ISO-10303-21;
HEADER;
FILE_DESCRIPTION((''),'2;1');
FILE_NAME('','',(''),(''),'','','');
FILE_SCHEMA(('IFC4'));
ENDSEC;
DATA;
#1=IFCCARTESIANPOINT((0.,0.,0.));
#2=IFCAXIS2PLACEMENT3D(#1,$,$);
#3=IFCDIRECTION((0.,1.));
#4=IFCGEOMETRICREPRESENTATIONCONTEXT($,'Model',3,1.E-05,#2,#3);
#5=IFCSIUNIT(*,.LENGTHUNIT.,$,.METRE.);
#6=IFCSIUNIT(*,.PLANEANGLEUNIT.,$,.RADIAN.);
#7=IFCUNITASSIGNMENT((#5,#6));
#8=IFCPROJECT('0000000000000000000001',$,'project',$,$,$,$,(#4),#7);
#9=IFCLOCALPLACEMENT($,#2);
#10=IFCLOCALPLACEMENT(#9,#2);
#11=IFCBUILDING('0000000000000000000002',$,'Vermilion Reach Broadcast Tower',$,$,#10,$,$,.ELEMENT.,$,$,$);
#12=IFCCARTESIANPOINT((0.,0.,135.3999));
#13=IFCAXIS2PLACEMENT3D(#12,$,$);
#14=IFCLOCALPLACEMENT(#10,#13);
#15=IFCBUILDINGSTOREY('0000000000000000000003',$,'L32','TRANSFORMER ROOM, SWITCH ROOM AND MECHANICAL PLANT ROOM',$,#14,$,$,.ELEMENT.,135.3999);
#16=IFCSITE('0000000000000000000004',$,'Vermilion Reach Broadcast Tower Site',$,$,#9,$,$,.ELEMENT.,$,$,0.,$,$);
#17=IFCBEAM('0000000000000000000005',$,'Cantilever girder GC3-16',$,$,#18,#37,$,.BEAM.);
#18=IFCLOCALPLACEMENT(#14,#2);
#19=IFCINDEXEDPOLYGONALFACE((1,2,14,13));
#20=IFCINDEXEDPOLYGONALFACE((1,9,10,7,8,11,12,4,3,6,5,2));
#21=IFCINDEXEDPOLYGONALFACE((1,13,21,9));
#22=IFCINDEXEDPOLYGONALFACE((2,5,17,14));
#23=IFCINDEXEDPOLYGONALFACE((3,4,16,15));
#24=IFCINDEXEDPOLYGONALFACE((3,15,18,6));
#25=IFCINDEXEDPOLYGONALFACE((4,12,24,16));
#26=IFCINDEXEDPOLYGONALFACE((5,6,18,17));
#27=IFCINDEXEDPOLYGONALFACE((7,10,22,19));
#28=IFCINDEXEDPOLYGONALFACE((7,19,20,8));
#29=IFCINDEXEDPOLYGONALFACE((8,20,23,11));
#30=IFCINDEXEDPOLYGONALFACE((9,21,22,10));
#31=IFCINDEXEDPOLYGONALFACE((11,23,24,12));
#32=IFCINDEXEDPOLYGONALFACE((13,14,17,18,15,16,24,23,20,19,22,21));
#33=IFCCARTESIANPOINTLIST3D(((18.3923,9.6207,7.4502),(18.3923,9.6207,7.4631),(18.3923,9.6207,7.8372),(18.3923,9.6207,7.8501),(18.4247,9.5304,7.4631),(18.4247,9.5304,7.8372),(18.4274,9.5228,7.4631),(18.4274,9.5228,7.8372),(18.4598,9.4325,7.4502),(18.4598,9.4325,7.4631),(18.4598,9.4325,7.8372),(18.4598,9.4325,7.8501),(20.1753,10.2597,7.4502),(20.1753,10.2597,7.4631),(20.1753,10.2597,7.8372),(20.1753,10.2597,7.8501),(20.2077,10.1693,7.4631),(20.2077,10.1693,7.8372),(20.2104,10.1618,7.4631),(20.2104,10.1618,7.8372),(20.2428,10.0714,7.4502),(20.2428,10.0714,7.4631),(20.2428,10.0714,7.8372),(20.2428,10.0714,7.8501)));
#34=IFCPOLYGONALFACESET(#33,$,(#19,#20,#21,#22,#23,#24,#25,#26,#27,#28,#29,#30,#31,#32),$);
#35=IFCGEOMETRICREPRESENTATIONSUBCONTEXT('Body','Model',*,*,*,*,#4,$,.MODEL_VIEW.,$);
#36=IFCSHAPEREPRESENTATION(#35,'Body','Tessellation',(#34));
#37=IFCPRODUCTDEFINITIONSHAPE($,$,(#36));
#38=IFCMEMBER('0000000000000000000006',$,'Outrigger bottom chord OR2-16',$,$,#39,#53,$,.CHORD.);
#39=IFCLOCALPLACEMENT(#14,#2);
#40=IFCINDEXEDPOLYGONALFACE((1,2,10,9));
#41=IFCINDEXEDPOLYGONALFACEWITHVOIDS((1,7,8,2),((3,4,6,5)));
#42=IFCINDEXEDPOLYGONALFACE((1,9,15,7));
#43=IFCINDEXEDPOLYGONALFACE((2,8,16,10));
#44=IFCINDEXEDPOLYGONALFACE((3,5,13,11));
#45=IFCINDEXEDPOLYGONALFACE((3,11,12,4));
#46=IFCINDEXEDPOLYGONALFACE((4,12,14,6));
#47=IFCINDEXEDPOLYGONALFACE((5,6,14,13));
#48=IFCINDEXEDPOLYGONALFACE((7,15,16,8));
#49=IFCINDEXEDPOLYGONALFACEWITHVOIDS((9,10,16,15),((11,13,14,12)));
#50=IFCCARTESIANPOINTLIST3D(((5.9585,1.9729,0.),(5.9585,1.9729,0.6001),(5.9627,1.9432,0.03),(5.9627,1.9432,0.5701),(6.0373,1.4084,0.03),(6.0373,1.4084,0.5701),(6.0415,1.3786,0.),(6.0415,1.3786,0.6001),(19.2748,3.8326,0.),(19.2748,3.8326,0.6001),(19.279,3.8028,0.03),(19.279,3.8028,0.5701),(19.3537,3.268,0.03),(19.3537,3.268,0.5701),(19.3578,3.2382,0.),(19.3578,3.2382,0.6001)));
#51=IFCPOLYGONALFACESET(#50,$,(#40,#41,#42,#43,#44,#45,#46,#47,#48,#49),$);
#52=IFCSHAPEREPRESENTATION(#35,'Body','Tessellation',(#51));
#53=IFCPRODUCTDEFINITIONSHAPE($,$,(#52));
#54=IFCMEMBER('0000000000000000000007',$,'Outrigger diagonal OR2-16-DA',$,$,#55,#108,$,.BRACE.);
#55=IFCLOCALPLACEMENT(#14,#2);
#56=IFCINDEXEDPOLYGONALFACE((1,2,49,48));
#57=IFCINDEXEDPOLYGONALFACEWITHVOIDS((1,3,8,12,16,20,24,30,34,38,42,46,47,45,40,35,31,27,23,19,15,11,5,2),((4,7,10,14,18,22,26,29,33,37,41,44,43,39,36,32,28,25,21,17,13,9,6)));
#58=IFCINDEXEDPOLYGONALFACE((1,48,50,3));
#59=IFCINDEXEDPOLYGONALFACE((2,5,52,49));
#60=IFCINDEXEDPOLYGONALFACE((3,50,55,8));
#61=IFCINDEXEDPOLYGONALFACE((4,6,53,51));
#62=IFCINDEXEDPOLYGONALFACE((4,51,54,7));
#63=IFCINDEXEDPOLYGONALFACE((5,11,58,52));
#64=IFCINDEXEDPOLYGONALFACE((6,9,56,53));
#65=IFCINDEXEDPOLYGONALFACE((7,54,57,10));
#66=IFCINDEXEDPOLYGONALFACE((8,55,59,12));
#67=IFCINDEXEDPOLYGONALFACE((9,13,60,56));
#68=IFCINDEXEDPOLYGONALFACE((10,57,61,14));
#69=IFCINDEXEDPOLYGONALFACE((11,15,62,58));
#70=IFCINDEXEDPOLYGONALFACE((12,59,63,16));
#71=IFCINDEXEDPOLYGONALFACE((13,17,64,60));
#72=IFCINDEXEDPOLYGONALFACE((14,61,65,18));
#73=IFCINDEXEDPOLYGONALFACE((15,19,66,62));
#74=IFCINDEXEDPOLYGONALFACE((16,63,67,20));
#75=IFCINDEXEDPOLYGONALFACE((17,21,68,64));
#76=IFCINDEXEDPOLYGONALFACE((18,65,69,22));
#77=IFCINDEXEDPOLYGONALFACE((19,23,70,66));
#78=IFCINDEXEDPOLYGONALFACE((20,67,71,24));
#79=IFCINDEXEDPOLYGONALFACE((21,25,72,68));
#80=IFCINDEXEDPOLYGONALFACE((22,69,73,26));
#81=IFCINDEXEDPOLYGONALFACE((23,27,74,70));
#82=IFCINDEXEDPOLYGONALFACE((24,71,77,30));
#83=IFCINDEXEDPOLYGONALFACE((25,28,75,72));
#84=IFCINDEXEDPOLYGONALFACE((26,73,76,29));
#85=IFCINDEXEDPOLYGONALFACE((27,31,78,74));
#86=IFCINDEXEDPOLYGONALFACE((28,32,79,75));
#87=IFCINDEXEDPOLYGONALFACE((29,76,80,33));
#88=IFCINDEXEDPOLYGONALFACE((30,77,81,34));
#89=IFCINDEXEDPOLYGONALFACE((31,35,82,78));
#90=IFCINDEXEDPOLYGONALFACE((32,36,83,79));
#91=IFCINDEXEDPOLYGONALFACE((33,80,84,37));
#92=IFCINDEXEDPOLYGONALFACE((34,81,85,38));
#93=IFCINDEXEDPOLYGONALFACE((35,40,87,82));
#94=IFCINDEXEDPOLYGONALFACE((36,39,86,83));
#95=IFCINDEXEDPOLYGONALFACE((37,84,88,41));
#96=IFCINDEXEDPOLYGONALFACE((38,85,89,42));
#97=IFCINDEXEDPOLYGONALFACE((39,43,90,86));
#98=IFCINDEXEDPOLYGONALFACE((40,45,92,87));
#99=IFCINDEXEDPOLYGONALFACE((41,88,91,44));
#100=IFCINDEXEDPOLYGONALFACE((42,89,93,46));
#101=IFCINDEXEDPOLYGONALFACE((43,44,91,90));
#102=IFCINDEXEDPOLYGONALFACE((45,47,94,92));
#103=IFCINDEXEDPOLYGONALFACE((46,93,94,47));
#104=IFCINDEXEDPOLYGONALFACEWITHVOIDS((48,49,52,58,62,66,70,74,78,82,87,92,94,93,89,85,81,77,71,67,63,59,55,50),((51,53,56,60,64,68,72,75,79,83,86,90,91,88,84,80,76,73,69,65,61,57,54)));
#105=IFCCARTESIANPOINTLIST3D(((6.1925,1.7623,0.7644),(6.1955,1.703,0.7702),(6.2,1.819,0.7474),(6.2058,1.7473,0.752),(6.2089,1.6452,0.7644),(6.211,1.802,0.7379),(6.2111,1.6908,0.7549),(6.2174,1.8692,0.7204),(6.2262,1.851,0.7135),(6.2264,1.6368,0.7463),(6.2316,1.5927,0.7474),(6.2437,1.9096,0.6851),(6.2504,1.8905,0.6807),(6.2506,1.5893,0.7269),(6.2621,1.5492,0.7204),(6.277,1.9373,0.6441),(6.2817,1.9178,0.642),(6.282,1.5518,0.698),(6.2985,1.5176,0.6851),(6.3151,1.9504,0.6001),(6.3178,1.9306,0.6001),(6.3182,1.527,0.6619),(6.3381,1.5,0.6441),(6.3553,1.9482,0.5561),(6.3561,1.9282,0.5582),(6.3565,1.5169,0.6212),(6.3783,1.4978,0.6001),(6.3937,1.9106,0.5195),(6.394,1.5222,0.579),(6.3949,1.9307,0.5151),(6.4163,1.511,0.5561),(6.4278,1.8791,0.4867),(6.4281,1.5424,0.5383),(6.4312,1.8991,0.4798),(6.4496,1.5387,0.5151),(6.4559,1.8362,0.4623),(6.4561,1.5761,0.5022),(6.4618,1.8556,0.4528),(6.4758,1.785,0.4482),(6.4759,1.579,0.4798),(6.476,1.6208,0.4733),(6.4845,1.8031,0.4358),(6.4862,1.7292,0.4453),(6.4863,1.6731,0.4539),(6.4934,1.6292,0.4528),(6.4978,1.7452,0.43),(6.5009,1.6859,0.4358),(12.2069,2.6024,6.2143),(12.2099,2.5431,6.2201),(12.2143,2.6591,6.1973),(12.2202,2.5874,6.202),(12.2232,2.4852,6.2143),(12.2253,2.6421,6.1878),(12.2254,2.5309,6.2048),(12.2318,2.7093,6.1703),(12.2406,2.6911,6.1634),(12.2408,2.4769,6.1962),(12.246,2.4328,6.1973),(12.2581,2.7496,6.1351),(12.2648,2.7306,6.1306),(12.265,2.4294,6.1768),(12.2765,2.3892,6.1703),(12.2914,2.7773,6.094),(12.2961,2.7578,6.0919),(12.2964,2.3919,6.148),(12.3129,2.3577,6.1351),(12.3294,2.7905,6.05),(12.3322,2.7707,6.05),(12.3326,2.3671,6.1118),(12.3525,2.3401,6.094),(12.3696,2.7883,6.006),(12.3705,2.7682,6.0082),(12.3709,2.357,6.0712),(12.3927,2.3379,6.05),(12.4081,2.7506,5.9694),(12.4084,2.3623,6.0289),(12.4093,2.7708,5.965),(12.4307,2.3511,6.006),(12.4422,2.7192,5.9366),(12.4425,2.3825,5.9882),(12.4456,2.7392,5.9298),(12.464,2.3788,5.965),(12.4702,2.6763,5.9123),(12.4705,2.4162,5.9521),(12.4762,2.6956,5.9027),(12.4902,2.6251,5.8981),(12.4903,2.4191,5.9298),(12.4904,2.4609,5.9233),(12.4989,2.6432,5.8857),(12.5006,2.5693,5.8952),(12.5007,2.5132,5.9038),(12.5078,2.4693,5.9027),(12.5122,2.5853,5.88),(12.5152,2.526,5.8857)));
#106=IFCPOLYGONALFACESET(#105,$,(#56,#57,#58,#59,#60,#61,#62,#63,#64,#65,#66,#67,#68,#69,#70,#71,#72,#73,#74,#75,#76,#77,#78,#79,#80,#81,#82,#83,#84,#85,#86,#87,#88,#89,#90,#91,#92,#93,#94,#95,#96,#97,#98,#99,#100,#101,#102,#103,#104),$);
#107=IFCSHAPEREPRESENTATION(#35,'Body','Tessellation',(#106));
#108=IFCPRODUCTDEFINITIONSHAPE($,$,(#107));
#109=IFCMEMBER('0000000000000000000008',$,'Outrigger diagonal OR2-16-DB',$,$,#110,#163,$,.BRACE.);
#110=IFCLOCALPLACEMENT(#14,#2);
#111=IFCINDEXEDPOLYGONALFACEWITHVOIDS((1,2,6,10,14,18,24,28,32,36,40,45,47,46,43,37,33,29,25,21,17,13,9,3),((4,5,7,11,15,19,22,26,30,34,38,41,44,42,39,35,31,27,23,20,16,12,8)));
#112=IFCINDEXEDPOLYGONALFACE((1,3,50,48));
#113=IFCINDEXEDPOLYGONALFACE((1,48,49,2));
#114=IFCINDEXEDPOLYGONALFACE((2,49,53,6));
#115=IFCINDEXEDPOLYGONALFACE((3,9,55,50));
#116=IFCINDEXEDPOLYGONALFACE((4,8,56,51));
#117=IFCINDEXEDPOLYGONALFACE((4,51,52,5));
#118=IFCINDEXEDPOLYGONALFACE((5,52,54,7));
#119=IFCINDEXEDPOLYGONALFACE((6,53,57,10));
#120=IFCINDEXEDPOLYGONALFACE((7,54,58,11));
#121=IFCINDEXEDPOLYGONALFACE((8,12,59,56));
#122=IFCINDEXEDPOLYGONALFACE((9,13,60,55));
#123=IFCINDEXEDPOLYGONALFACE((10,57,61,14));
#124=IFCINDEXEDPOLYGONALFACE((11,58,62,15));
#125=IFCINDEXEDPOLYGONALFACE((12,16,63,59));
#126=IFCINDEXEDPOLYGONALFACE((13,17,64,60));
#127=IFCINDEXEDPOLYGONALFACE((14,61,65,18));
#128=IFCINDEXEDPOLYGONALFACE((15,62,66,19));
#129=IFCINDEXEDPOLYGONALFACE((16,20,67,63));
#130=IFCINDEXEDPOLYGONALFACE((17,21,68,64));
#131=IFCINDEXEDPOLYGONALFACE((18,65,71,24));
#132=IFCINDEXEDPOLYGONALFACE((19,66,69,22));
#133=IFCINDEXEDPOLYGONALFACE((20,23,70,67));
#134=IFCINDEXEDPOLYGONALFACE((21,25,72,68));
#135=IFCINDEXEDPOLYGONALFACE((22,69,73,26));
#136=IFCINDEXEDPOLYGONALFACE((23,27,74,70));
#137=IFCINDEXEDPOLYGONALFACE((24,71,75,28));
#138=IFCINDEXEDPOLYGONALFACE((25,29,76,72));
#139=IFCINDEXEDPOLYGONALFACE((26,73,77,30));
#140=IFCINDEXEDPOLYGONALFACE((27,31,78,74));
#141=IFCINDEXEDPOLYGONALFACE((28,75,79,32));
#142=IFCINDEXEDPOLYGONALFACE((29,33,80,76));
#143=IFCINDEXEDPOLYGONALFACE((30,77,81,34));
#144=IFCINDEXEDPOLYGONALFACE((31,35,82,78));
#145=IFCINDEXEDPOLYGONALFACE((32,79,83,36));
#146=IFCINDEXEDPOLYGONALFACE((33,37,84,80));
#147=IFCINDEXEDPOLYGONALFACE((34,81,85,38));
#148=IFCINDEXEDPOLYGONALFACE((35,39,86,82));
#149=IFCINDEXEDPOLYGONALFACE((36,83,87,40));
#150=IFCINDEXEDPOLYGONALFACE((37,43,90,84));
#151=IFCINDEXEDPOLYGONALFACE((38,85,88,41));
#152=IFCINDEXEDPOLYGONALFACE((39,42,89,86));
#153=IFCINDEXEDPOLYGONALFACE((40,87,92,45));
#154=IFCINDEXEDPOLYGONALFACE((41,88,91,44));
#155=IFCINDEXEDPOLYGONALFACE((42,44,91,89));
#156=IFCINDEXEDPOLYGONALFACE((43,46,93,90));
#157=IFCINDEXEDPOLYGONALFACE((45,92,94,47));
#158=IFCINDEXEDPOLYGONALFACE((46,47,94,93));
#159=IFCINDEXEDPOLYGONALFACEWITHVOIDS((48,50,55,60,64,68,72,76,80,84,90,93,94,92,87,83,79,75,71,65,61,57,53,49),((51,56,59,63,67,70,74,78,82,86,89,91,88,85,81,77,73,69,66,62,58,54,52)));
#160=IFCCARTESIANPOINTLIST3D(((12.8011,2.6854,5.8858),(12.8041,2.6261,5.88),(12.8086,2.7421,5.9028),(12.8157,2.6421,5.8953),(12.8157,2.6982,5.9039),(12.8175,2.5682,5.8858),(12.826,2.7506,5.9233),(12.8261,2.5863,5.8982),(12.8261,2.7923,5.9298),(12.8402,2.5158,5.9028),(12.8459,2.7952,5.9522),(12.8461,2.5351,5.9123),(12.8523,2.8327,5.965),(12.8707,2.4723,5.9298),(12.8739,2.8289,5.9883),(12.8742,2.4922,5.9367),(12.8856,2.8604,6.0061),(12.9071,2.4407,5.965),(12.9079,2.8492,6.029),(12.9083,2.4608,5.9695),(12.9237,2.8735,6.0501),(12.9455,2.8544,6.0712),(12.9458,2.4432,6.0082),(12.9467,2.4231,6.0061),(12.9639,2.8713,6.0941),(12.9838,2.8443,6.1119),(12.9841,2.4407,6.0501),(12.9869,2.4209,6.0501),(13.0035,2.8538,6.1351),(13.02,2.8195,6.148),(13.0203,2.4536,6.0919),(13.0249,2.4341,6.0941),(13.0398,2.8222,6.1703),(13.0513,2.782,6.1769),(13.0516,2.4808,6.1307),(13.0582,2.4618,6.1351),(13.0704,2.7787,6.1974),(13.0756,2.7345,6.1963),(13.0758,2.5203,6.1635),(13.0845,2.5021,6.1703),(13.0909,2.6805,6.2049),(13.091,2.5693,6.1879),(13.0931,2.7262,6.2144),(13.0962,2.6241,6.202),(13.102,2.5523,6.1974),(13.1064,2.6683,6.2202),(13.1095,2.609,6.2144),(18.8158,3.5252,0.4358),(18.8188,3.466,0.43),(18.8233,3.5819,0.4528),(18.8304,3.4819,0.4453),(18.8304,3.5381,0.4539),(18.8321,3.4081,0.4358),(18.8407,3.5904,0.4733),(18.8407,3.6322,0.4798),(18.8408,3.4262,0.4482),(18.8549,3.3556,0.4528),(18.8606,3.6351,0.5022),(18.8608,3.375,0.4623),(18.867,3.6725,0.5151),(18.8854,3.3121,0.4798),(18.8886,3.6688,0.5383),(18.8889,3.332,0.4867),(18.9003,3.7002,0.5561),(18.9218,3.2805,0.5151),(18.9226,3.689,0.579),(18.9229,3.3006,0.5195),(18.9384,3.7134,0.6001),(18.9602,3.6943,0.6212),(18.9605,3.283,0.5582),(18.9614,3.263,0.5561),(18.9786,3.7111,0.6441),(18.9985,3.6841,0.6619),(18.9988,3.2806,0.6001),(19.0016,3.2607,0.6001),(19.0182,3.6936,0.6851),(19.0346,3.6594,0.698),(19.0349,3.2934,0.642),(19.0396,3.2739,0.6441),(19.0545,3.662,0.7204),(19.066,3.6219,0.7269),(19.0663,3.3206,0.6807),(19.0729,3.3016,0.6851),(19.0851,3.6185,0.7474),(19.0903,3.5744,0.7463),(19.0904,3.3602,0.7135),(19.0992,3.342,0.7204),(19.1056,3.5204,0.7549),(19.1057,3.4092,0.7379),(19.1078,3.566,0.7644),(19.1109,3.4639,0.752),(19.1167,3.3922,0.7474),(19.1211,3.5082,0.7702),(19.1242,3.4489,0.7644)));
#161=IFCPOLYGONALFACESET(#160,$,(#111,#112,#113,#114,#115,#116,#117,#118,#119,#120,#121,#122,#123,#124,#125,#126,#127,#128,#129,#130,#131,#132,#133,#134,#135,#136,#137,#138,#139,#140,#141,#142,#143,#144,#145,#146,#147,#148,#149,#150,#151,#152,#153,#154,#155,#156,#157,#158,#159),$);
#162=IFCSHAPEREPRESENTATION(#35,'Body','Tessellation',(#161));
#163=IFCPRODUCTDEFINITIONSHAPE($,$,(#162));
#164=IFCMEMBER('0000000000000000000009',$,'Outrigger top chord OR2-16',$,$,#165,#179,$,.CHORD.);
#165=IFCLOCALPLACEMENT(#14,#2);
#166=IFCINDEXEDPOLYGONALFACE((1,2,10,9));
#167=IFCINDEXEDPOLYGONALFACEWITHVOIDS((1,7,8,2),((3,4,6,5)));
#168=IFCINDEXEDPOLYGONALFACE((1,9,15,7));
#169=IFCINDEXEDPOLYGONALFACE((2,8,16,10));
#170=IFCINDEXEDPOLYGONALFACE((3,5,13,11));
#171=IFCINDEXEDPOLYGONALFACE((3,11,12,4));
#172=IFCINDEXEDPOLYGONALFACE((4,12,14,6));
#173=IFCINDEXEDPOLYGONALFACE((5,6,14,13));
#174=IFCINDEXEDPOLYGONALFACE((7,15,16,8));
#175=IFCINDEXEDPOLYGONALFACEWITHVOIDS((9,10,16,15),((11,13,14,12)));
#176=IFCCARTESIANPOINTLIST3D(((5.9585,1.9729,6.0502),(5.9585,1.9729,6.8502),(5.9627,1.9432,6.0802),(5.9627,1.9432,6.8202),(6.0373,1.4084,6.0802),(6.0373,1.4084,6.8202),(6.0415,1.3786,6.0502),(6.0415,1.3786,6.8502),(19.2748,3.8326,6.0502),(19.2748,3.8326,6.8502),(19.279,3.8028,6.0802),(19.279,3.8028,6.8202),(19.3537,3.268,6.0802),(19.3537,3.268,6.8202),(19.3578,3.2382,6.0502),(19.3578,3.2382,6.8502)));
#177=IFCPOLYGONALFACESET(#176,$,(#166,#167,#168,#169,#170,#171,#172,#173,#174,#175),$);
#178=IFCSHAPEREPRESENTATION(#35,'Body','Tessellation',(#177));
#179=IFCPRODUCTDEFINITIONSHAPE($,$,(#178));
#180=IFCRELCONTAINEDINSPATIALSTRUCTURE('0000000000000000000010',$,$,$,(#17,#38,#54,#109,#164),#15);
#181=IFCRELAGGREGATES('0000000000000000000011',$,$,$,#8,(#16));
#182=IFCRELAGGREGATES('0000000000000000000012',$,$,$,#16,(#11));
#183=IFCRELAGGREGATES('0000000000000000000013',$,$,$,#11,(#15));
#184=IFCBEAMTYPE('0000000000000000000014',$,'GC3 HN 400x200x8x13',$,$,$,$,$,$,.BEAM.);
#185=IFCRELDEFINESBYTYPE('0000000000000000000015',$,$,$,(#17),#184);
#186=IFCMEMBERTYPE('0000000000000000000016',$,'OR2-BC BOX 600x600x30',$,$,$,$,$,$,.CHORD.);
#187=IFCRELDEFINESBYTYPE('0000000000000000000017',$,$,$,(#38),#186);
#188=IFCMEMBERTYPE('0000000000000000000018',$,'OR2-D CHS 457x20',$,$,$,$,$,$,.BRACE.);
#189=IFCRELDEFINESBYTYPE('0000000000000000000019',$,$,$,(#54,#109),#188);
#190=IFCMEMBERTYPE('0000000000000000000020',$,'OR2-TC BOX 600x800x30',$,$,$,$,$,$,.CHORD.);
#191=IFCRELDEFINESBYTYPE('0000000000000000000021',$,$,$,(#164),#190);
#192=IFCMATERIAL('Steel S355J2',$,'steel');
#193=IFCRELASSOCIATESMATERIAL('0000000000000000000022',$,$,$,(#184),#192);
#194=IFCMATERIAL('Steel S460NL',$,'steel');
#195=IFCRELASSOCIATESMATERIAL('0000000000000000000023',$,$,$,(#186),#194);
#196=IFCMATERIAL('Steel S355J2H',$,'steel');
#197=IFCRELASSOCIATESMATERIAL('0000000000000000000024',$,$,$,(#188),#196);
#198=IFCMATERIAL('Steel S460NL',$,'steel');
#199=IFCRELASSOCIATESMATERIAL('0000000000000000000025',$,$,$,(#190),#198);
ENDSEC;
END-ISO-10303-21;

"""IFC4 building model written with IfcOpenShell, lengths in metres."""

from ifc_helpers import new_model, si_unit, direction, frame, origin, origin_2d, place, context, subcontext, project, spatial, hollow_rectangle, hollow_circle, i_section, extrude, material, material_profile, profile_set, type_object, element, save


model = new_model("IFC4")

# Units and contexts
model_context = context("Model", 3, precision=1e-05, world=origin(), true_north=direction((0.0, 1.0)))
body_context = subcontext(model_context, "Body", "Model", "MODEL_VIEW")
ifc_project = project(units=[si_unit("LENGTHUNIT", "METRE"), si_unit("PLANEANGLEUNIT", "RADIAN")], contexts=[model_context])

# Site, building, storey
site_placement = place(None, origin())
site = spatial("IfcSite", under=ifc_project, at=site_placement, Name="Vermilion Reach Broadcast Tower Site", CompositionType="ELEMENT", RefElevation=0.0)
building_placement = place(site_placement, origin())
building = spatial("IfcBuilding", under=site, at=building_placement, Name="Vermilion Reach Broadcast Tower", CompositionType="ELEMENT")
storey_placement = place(building_placement, frame((0.0, 0.0, 135.3999)))
storey = spatial("IfcBuildingStorey", under=building, at=storey_placement, Name="L32", Description="TRANSFORMER ROOM, SWITCH ROOM AND MECHANICAL PLANT ROOM", CompositionType="ELEMENT", Elevation=135.3999)

# Beam
ifc_material_1 = material(Name="Steel S355J2", Category="steel")
ifc_material_profile_1 = material_profile(ifc_material_1, i_section(OverallWidth=0.2, OverallDepth=0.3999, WebThickness=0.0081, FlangeThickness=0.0129, at=origin_2d()), Name="S355J2 HN 400x200x8x13")
ifc_profile_set_1 = profile_set([ifc_material_profile_1], Name="Steel S355J2")
beam_type_1 = type_object("IfcBeamType", Name="GC3 HN 400x200x8x13", PredefinedType="BEAM", material=ifc_profile_set_1)
beam_1_placement = place(storey_placement, frame((18.426, 9.5266, 7.6501), z_axis=(0.941383, 0.337341, 0.0), x_axis=(-0.337341, 0.941383, 0.0)))
element("IfcBeam", 1, at=beam_1_placement, inside=storey, type_object=beam_type_1, Name="Cantilever girder GC3-16", PredefinedType="BEAM", context=body_context, shape_type="SweptSolid", body=[
    extrude(i_section(OverallWidth=0.2, OverallDepth=0.3999, WebThickness=0.0081, FlangeThickness=0.0129, at=origin_2d()), origin(), (0.0, 0.0, 1.0), 1.894),
])

# Members
ifc_material_2 = material(Name="Steel S460NL", Category="steel")
ifc_material_profile_2 = material_profile(ifc_material_2, hollow_rectangle(XDim=0.6001, YDim=0.6001, WallThickness=0.03, at=origin_2d()), Name="S460NL BOX 600x600x30")
ifc_profile_set_2 = profile_set([ifc_material_profile_2], Name="Steel S460NL")
member_type_1 = type_object("IfcMemberType", Name="OR2-BC BOX 600x600x30", PredefinedType="CHORD", material=ifc_profile_set_2)
member_1_placement = place(storey_placement, frame((6.0, 1.6758, 0.3), z_axis=(0.990389, 0.138307, 0.0), x_axis=(-0.138307, 0.990389, 0.0)))
element("IfcMember", 2, at=member_1_placement, inside=storey, type_object=member_type_1, Name="Outrigger bottom chord OR2-16", PredefinedType="CHORD", context=body_context, shape_type="SweptSolid", body=[
    extrude(hollow_rectangle(XDim=0.6001, YDim=0.6001, WallThickness=0.03, at=origin_2d()), origin(), (0.0, 0.0, 1.0), 13.4456),
])
ifc_material_3 = material(Name="Steel S355J2H", Category="steel")
ifc_material_profile_3 = material_profile(ifc_material_3, hollow_circle(Radius=0.2285, WallThickness=0.02, at=origin_2d()), Name="S355J2H CHS 457x20")
ifc_profile_set_3 = profile_set([ifc_material_profile_3], Name="Steel S355J2H")
member_type_2 = type_object("IfcMemberType", Name="OR2-D CHS 457x20", PredefinedType="BRACE", material=ifc_profile_set_3)
member_2_placement = place(storey_placement, frame((6.3467, 1.7241, 0.6001), z_axis=(0.737086, 0.102956, 0.66791), x_axis=(-0.138336, 0.990385, 0.0)))
element("IfcMember", 3, at=member_2_placement, inside=storey, type_object=member_type_2, Name="Outrigger diagonal OR2-16-DA", PredefinedType="BRACE", context=body_context, shape_type="SweptSolid", body=[
    extrude(hollow_circle(Radius=0.2285, WallThickness=0.02, at=origin_2d()), origin(), (0.0, 0.0, 1.0), 8.1597),
])
member_3_placement = place(storey_placement, frame((18.97, 3.4871, 0.6001), z_axis=(-0.737102, -0.102924, 0.667898), x_axis=(0.138291, -0.990392, 0.0)))
element("IfcMember", 4, at=member_3_placement, inside=storey, type_object=member_type_2, Name="Outrigger diagonal OR2-16-DB", PredefinedType="BRACE", context=body_context, shape_type="SweptSolid", body=[
    extrude(hollow_circle(Radius=0.2285, WallThickness=0.02, at=origin_2d()), origin(), (0.0, 0.0, 1.0), 8.1599),
])
ifc_material_4 = material(Name="Steel S460NL", Category="steel")
ifc_material_profile_4 = material_profile(ifc_material_4, hollow_rectangle(XDim=0.6001, YDim=0.8, WallThickness=0.03, at=origin_2d()), Name="S460NL BOX 600x800x30")
ifc_profile_set_4 = profile_set([ifc_material_profile_4], Name="Steel S460NL")
member_type_3 = type_object("IfcMemberType", Name="OR2-TC BOX 600x800x30", PredefinedType="CHORD", material=ifc_profile_set_4)
member_4_placement = place(storey_placement, frame((6.0, 1.6758, 6.4502), z_axis=(0.990389, 0.138307, 0.0), x_axis=(-0.138307, 0.990389, 0.0)))
element("IfcMember", 5, at=member_4_placement, inside=storey, type_object=member_type_3, Name="Outrigger top chord OR2-16", PredefinedType="CHORD", context=body_context, shape_type="SweptSolid", body=[
    extrude(hollow_rectangle(XDim=0.6001, YDim=0.8, WallThickness=0.03, at=origin_2d()), origin(), (0.0, 0.0, 1.0), 13.4456),
])

save(model, "model.ifc")
